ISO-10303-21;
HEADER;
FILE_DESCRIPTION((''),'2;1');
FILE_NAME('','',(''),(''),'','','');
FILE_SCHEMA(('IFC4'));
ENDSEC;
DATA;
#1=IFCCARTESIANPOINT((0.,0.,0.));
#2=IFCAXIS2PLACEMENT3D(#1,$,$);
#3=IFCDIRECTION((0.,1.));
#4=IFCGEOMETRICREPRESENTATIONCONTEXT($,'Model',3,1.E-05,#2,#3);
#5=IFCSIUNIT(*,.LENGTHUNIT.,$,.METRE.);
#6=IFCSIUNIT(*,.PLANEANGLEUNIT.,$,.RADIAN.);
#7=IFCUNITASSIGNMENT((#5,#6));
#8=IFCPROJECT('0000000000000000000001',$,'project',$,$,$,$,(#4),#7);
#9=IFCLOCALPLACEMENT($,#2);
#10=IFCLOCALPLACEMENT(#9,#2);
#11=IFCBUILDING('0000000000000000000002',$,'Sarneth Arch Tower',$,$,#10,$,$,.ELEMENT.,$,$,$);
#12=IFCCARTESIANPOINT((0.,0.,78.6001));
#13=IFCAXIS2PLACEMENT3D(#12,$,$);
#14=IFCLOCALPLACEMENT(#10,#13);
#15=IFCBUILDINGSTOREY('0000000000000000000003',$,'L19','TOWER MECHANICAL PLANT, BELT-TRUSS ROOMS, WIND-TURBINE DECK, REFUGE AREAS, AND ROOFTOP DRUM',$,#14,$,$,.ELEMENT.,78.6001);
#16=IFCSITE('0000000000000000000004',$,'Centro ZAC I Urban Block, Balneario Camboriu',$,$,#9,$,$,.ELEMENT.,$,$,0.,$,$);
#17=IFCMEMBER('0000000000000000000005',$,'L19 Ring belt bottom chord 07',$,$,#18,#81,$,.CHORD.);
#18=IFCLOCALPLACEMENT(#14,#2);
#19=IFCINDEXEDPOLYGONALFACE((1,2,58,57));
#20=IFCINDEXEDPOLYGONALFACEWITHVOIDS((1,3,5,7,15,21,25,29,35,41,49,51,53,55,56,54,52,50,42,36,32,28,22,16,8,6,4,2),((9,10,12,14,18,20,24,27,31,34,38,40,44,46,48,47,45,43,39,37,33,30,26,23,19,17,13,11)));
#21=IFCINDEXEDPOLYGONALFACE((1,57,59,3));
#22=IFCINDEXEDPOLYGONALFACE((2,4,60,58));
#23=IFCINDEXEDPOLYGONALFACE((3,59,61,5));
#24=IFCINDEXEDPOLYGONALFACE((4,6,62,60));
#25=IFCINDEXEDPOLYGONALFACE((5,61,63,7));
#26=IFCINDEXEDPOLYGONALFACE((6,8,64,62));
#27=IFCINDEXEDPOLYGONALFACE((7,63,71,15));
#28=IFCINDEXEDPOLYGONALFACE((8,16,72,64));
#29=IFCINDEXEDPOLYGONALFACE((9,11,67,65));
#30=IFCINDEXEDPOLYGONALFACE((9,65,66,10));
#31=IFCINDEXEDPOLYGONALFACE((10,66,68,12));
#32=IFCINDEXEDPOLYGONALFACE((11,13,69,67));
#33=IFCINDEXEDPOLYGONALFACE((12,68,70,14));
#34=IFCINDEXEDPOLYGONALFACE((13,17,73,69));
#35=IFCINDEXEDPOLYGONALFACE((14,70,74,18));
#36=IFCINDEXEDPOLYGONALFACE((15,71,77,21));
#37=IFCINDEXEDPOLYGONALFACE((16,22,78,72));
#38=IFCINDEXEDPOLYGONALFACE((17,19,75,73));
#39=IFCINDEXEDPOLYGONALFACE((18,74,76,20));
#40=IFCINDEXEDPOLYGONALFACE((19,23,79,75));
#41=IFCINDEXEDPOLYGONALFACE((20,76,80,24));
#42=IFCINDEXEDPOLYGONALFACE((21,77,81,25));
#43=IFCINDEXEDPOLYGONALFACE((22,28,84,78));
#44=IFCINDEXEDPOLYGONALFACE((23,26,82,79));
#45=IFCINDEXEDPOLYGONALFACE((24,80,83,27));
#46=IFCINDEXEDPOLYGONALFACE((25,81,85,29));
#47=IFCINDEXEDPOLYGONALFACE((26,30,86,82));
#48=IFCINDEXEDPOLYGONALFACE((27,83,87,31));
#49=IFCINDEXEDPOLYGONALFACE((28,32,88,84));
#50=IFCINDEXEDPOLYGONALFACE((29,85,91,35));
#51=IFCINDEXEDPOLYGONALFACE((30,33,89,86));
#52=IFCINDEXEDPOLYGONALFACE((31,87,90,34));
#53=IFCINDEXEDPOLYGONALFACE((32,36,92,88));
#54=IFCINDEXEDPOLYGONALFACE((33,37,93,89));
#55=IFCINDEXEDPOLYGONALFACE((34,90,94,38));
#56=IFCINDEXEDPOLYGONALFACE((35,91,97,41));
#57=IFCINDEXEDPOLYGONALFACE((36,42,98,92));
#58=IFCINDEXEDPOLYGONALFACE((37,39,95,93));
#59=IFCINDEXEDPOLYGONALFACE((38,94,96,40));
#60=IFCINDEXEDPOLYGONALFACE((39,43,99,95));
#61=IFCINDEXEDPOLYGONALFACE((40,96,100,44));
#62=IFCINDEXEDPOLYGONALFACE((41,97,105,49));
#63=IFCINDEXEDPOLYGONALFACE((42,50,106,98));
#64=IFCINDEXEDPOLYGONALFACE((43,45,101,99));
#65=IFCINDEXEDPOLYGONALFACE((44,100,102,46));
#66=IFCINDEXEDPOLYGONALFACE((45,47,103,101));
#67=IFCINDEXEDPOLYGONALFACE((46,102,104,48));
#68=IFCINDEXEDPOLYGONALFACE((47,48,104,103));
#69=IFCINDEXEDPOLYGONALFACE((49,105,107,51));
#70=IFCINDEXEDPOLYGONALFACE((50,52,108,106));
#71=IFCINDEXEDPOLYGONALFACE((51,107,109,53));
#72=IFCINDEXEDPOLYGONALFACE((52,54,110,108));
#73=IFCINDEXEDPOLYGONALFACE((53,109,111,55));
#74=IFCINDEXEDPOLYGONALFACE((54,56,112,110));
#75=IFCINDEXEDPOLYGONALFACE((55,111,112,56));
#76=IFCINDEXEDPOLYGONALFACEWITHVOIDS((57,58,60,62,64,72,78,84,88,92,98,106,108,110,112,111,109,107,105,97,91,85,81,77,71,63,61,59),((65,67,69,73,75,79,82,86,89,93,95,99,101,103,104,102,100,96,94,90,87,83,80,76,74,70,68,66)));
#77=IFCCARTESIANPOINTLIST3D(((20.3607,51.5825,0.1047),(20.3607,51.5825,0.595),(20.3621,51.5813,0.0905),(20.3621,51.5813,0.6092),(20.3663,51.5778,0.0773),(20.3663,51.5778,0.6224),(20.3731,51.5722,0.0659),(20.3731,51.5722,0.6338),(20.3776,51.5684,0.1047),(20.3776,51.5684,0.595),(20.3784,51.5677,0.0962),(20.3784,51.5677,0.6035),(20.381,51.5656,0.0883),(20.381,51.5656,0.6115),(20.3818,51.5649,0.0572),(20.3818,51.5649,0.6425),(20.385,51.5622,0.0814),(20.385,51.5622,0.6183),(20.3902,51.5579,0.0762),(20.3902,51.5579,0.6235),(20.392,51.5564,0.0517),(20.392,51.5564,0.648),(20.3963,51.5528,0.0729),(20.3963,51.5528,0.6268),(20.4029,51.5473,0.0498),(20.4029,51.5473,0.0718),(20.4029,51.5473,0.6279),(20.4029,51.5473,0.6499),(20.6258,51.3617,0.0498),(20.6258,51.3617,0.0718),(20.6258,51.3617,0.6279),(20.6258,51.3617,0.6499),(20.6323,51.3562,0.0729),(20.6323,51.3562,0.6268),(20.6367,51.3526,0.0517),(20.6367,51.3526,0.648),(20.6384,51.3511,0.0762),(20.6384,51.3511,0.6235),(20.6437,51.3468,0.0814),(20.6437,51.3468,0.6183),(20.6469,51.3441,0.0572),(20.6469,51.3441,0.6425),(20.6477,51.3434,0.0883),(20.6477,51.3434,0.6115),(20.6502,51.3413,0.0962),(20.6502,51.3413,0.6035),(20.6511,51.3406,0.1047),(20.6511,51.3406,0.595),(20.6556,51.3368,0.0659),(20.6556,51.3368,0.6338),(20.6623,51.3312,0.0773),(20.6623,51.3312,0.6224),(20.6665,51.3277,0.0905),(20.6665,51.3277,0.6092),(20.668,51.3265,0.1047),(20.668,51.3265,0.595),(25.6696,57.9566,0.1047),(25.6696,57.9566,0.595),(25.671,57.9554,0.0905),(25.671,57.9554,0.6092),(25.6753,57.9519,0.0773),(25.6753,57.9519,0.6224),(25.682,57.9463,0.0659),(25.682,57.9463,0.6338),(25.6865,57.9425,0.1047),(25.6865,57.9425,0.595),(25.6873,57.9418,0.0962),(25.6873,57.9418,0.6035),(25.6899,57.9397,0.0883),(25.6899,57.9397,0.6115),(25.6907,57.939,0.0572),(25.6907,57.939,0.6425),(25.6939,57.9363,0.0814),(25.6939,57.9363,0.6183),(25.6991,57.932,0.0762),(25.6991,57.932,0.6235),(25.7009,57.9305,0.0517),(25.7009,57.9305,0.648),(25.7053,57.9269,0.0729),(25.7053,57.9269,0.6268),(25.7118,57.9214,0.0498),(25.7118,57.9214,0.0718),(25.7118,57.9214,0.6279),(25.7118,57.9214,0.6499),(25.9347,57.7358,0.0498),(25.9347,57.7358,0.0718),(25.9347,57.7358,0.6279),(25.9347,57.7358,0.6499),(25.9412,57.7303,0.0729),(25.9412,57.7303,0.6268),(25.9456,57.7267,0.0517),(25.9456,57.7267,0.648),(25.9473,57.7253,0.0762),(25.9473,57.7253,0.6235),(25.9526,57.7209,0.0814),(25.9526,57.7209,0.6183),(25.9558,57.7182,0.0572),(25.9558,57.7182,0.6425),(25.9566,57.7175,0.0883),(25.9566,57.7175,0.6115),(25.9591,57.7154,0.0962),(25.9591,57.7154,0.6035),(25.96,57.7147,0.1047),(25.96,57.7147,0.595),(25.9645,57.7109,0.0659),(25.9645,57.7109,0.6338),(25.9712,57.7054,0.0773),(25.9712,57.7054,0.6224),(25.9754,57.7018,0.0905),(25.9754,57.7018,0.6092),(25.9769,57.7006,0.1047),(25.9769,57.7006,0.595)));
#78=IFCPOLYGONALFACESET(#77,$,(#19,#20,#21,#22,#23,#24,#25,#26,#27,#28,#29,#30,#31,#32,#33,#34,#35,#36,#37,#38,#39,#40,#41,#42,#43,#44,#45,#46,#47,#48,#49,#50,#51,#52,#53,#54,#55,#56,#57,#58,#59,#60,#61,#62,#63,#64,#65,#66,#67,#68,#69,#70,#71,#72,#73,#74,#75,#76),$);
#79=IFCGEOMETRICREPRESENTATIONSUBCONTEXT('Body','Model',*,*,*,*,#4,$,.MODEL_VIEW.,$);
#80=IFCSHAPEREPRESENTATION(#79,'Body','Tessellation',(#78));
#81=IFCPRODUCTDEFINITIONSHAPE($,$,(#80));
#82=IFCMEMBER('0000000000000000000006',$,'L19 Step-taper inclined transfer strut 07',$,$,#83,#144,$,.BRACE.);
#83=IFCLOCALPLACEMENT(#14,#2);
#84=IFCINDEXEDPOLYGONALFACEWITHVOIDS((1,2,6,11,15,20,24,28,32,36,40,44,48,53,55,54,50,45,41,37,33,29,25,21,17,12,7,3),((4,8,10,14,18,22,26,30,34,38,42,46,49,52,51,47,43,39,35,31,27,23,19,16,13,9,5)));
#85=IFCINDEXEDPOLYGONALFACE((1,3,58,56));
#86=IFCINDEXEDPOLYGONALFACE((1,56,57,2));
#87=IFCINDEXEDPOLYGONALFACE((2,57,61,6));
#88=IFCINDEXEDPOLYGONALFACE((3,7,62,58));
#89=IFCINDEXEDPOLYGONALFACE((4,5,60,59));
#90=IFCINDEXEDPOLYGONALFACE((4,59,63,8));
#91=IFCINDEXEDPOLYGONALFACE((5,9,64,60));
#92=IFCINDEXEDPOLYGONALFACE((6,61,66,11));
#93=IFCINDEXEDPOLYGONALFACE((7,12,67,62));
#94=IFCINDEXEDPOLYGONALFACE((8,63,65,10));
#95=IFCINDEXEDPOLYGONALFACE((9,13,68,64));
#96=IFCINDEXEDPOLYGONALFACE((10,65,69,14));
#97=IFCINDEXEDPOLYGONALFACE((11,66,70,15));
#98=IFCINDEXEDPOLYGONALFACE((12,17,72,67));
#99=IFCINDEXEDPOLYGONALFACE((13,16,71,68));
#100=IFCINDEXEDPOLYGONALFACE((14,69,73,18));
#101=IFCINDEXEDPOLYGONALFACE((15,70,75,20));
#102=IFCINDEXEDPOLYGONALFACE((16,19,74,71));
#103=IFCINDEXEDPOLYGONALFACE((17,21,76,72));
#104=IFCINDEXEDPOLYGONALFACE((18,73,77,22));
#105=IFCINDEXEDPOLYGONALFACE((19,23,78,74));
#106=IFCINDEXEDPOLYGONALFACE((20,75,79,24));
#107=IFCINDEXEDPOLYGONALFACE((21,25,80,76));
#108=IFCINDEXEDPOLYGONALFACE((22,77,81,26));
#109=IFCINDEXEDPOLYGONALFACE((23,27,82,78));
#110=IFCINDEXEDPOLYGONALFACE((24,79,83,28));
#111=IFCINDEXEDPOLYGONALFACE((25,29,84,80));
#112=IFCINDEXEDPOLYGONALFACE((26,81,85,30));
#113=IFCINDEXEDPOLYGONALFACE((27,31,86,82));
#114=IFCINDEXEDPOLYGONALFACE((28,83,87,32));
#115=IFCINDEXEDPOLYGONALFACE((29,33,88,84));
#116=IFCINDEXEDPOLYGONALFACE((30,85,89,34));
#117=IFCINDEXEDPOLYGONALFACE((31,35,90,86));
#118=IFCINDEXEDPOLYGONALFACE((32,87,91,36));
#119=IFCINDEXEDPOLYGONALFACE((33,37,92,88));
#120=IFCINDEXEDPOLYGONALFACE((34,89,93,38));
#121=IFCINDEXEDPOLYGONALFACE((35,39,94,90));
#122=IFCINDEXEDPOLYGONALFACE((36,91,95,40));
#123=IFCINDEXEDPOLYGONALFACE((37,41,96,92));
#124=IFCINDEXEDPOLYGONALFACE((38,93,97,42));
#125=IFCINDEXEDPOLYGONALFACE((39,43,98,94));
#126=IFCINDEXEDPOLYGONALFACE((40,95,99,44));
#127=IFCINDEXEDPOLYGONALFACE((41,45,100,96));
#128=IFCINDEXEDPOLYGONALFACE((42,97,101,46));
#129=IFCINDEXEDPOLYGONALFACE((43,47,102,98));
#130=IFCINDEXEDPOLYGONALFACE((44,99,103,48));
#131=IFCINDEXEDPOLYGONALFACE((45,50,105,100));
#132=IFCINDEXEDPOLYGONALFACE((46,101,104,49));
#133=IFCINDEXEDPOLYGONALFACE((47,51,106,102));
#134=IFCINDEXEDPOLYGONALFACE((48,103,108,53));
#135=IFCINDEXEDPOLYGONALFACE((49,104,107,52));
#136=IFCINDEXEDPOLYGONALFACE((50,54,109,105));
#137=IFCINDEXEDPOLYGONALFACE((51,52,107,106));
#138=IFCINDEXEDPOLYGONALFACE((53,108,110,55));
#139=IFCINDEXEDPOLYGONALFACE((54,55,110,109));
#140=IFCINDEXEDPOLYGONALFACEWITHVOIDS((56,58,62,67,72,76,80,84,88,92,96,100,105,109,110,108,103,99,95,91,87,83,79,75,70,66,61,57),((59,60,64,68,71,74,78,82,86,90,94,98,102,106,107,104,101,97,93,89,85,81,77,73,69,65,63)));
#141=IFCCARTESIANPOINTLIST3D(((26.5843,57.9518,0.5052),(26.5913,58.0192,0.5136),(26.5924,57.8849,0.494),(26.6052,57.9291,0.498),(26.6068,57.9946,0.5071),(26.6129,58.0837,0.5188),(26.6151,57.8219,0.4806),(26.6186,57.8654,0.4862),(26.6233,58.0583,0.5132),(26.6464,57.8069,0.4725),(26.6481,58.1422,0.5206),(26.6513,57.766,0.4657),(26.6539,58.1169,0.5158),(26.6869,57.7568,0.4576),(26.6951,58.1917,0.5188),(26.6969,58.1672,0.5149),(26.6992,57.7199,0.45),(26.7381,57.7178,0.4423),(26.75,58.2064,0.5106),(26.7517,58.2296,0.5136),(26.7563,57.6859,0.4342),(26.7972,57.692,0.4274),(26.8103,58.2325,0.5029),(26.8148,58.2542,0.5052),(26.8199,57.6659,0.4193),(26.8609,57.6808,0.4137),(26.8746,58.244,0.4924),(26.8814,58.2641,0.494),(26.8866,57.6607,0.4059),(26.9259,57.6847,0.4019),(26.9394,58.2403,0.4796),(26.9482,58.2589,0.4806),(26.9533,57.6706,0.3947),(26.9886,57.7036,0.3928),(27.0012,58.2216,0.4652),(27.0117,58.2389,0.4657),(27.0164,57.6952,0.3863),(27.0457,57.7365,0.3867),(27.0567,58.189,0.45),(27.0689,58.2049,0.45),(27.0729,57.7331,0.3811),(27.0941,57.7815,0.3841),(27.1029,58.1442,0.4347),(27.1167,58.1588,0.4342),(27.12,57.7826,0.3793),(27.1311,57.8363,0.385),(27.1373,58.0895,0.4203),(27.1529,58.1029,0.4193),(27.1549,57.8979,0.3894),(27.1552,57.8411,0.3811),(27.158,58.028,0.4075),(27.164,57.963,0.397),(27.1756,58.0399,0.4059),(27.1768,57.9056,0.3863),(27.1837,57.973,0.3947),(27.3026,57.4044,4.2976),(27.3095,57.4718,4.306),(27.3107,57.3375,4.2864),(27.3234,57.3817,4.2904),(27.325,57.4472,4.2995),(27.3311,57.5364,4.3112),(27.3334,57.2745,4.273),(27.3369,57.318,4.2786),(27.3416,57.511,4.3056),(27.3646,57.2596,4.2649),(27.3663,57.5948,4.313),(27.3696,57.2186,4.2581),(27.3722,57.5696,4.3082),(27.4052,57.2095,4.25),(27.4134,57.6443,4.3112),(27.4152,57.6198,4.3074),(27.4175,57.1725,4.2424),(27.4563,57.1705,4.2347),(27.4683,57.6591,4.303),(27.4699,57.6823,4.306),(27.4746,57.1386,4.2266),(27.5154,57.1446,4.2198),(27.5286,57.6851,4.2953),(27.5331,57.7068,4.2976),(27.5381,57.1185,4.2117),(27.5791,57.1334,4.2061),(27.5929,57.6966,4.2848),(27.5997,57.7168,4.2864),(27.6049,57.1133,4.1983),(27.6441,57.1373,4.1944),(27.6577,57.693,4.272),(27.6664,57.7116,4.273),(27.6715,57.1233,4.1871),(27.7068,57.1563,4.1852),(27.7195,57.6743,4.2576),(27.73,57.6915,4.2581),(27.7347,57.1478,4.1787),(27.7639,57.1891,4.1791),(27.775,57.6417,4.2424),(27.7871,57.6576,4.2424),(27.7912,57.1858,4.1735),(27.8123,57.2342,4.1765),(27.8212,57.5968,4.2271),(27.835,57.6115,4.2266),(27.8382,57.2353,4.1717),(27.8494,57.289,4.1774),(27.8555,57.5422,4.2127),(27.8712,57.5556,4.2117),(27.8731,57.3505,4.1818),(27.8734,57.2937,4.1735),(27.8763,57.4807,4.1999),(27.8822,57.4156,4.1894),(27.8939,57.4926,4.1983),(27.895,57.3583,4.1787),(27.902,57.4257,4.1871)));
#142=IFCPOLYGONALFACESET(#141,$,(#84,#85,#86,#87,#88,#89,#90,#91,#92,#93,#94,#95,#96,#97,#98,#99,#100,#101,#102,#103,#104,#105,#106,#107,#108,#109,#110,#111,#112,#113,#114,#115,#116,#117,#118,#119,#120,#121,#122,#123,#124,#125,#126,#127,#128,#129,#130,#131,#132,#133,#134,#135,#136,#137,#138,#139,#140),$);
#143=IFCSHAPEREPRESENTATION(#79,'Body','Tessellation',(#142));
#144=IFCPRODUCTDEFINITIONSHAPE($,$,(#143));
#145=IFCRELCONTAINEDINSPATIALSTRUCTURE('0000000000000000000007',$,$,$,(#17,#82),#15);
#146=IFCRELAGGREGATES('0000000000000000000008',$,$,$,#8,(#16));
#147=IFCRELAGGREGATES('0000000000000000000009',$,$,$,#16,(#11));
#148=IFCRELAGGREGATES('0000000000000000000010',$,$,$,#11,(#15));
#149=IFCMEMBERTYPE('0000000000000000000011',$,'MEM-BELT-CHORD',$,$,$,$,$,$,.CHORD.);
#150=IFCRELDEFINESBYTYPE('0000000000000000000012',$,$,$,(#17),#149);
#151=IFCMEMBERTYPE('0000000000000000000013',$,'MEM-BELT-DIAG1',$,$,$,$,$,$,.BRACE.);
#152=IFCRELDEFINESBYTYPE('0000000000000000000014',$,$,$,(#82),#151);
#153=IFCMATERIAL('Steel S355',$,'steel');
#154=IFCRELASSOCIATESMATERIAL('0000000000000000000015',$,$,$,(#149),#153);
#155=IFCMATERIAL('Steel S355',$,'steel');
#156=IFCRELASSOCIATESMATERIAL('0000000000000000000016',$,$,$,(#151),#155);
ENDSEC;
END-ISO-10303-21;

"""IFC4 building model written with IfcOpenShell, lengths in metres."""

from ifc_helpers import new_model, si_unit, direction, frame, origin, origin_2d, place, context, subcontext, project, spatial, hollow_rectangle, hollow_circle, extrude, material, material_profile, profile_set, type_object, element, save


model = new_model("IFC4")

# Units and contexts
model_context = context("Model", 3, precision=1e-05, world=origin(), true_north=direction((0.0, 1.0)))
body_context = subcontext(model_context, "Body", "Model", "MODEL_VIEW")
ifc_project = project(units=[si_unit("LENGTHUNIT", "METRE"), si_unit("PLANEANGLEUNIT", "RADIAN")], contexts=[model_context])

# Site, building, storey
site_placement = place(None, origin())
site = spatial("IfcSite", under=ifc_project, at=site_placement, Name="Centro ZAC I Urban Block, Balneario Camboriu", CompositionType="ELEMENT", RefElevation=0.0)
building_placement = place(site_placement, origin())
building = spatial("IfcBuilding", under=site, at=building_placement, Name="Sarneth Arch Tower", CompositionType="ELEMENT")
storey_placement = place(building_placement, frame((0.0, 0.0, 78.6001)))
storey = spatial("IfcBuildingStorey", under=building, at=storey_placement, Name="L19", Description="TOWER MECHANICAL PLANT, BELT-TRUSS ROOMS, WIND-TURBINE DECK, REFUGE AREAS, AND ROOFTOP DRUM", CompositionType="ELEMENT", Elevation=78.6001)

# Members
ifc_material_1 = material(Name="Steel S355", Category="steel")
ifc_material_profile_1 = material_profile(ifc_material_1, hollow_rectangle(XDim=0.3999, YDim=0.6001, WallThickness=0.022, InnerFilletRadius=0.033, OuterFilletRadius=0.0549, at=origin_2d()), Name="RHS600x400x22")
ifc_profile_set_1 = profile_set([ifc_material_profile_1], Name="Steel S355")
member_type_1 = type_object("IfcMemberType", Name="MEM-BELT-CHORD", PredefinedType="CHORD", material=ifc_profile_set_1)
member_1_placement = place(storey_placement, frame((25.8232, 57.8286, 0.3499), z_axis=(-0.639982, -0.76839, 0.0), x_axis=(0.76839, -0.639982, 0.0)))
element("IfcMember", 1, at=member_1_placement, inside=storey, type_object=member_type_1, Name="L19 Ring belt bottom chord 07", PredefinedType="CHORD", context=body_context, shape_type="SweptSolid", body=[
    extrude(hollow_rectangle(XDim=0.3999, YDim=0.6001, WallThickness=0.022, InnerFilletRadius=0.033, OuterFilletRadius=0.0549, at=origin_2d()), origin(), (0.0, 0.0, 1.0), 8.2954),
])
ifc_material_2 = material(Name="Steel S355", Category="steel")
ifc_material_profile_2 = material_profile(ifc_material_2, hollow_circle(Radius=0.3049, WallThickness=0.02, at=origin_2d()), Name="CHS610x20")
ifc_profile_set_2 = profile_set([ifc_material_profile_2], Name="Steel S355")
member_type_2 = type_object("IfcMemberType", Name="MEM-BELT-DIAG1", PredefinedType="BRACE", material=ifc_profile_set_2)
member_2_placement = place(storey_placement, frame((26.884, 57.9624, 0.45), z_axis=(0.18424, -0.140403, 0.972801), x_axis=(0.606125, 0.79537, 0.0)))
element("IfcMember", 2, at=member_2_placement, inside=storey, type_object=member_type_2, Name="L19 Step-taper inclined transfer strut 07", PredefinedType="BRACE", context=body_context, shape_type="SweptSolid", body=[
    extrude(hollow_circle(Radius=0.3049, WallThickness=0.02, at=origin_2d()), origin(), (0.0, 0.0, 1.0), 3.8984),
])

save(model, "model.ifc")
